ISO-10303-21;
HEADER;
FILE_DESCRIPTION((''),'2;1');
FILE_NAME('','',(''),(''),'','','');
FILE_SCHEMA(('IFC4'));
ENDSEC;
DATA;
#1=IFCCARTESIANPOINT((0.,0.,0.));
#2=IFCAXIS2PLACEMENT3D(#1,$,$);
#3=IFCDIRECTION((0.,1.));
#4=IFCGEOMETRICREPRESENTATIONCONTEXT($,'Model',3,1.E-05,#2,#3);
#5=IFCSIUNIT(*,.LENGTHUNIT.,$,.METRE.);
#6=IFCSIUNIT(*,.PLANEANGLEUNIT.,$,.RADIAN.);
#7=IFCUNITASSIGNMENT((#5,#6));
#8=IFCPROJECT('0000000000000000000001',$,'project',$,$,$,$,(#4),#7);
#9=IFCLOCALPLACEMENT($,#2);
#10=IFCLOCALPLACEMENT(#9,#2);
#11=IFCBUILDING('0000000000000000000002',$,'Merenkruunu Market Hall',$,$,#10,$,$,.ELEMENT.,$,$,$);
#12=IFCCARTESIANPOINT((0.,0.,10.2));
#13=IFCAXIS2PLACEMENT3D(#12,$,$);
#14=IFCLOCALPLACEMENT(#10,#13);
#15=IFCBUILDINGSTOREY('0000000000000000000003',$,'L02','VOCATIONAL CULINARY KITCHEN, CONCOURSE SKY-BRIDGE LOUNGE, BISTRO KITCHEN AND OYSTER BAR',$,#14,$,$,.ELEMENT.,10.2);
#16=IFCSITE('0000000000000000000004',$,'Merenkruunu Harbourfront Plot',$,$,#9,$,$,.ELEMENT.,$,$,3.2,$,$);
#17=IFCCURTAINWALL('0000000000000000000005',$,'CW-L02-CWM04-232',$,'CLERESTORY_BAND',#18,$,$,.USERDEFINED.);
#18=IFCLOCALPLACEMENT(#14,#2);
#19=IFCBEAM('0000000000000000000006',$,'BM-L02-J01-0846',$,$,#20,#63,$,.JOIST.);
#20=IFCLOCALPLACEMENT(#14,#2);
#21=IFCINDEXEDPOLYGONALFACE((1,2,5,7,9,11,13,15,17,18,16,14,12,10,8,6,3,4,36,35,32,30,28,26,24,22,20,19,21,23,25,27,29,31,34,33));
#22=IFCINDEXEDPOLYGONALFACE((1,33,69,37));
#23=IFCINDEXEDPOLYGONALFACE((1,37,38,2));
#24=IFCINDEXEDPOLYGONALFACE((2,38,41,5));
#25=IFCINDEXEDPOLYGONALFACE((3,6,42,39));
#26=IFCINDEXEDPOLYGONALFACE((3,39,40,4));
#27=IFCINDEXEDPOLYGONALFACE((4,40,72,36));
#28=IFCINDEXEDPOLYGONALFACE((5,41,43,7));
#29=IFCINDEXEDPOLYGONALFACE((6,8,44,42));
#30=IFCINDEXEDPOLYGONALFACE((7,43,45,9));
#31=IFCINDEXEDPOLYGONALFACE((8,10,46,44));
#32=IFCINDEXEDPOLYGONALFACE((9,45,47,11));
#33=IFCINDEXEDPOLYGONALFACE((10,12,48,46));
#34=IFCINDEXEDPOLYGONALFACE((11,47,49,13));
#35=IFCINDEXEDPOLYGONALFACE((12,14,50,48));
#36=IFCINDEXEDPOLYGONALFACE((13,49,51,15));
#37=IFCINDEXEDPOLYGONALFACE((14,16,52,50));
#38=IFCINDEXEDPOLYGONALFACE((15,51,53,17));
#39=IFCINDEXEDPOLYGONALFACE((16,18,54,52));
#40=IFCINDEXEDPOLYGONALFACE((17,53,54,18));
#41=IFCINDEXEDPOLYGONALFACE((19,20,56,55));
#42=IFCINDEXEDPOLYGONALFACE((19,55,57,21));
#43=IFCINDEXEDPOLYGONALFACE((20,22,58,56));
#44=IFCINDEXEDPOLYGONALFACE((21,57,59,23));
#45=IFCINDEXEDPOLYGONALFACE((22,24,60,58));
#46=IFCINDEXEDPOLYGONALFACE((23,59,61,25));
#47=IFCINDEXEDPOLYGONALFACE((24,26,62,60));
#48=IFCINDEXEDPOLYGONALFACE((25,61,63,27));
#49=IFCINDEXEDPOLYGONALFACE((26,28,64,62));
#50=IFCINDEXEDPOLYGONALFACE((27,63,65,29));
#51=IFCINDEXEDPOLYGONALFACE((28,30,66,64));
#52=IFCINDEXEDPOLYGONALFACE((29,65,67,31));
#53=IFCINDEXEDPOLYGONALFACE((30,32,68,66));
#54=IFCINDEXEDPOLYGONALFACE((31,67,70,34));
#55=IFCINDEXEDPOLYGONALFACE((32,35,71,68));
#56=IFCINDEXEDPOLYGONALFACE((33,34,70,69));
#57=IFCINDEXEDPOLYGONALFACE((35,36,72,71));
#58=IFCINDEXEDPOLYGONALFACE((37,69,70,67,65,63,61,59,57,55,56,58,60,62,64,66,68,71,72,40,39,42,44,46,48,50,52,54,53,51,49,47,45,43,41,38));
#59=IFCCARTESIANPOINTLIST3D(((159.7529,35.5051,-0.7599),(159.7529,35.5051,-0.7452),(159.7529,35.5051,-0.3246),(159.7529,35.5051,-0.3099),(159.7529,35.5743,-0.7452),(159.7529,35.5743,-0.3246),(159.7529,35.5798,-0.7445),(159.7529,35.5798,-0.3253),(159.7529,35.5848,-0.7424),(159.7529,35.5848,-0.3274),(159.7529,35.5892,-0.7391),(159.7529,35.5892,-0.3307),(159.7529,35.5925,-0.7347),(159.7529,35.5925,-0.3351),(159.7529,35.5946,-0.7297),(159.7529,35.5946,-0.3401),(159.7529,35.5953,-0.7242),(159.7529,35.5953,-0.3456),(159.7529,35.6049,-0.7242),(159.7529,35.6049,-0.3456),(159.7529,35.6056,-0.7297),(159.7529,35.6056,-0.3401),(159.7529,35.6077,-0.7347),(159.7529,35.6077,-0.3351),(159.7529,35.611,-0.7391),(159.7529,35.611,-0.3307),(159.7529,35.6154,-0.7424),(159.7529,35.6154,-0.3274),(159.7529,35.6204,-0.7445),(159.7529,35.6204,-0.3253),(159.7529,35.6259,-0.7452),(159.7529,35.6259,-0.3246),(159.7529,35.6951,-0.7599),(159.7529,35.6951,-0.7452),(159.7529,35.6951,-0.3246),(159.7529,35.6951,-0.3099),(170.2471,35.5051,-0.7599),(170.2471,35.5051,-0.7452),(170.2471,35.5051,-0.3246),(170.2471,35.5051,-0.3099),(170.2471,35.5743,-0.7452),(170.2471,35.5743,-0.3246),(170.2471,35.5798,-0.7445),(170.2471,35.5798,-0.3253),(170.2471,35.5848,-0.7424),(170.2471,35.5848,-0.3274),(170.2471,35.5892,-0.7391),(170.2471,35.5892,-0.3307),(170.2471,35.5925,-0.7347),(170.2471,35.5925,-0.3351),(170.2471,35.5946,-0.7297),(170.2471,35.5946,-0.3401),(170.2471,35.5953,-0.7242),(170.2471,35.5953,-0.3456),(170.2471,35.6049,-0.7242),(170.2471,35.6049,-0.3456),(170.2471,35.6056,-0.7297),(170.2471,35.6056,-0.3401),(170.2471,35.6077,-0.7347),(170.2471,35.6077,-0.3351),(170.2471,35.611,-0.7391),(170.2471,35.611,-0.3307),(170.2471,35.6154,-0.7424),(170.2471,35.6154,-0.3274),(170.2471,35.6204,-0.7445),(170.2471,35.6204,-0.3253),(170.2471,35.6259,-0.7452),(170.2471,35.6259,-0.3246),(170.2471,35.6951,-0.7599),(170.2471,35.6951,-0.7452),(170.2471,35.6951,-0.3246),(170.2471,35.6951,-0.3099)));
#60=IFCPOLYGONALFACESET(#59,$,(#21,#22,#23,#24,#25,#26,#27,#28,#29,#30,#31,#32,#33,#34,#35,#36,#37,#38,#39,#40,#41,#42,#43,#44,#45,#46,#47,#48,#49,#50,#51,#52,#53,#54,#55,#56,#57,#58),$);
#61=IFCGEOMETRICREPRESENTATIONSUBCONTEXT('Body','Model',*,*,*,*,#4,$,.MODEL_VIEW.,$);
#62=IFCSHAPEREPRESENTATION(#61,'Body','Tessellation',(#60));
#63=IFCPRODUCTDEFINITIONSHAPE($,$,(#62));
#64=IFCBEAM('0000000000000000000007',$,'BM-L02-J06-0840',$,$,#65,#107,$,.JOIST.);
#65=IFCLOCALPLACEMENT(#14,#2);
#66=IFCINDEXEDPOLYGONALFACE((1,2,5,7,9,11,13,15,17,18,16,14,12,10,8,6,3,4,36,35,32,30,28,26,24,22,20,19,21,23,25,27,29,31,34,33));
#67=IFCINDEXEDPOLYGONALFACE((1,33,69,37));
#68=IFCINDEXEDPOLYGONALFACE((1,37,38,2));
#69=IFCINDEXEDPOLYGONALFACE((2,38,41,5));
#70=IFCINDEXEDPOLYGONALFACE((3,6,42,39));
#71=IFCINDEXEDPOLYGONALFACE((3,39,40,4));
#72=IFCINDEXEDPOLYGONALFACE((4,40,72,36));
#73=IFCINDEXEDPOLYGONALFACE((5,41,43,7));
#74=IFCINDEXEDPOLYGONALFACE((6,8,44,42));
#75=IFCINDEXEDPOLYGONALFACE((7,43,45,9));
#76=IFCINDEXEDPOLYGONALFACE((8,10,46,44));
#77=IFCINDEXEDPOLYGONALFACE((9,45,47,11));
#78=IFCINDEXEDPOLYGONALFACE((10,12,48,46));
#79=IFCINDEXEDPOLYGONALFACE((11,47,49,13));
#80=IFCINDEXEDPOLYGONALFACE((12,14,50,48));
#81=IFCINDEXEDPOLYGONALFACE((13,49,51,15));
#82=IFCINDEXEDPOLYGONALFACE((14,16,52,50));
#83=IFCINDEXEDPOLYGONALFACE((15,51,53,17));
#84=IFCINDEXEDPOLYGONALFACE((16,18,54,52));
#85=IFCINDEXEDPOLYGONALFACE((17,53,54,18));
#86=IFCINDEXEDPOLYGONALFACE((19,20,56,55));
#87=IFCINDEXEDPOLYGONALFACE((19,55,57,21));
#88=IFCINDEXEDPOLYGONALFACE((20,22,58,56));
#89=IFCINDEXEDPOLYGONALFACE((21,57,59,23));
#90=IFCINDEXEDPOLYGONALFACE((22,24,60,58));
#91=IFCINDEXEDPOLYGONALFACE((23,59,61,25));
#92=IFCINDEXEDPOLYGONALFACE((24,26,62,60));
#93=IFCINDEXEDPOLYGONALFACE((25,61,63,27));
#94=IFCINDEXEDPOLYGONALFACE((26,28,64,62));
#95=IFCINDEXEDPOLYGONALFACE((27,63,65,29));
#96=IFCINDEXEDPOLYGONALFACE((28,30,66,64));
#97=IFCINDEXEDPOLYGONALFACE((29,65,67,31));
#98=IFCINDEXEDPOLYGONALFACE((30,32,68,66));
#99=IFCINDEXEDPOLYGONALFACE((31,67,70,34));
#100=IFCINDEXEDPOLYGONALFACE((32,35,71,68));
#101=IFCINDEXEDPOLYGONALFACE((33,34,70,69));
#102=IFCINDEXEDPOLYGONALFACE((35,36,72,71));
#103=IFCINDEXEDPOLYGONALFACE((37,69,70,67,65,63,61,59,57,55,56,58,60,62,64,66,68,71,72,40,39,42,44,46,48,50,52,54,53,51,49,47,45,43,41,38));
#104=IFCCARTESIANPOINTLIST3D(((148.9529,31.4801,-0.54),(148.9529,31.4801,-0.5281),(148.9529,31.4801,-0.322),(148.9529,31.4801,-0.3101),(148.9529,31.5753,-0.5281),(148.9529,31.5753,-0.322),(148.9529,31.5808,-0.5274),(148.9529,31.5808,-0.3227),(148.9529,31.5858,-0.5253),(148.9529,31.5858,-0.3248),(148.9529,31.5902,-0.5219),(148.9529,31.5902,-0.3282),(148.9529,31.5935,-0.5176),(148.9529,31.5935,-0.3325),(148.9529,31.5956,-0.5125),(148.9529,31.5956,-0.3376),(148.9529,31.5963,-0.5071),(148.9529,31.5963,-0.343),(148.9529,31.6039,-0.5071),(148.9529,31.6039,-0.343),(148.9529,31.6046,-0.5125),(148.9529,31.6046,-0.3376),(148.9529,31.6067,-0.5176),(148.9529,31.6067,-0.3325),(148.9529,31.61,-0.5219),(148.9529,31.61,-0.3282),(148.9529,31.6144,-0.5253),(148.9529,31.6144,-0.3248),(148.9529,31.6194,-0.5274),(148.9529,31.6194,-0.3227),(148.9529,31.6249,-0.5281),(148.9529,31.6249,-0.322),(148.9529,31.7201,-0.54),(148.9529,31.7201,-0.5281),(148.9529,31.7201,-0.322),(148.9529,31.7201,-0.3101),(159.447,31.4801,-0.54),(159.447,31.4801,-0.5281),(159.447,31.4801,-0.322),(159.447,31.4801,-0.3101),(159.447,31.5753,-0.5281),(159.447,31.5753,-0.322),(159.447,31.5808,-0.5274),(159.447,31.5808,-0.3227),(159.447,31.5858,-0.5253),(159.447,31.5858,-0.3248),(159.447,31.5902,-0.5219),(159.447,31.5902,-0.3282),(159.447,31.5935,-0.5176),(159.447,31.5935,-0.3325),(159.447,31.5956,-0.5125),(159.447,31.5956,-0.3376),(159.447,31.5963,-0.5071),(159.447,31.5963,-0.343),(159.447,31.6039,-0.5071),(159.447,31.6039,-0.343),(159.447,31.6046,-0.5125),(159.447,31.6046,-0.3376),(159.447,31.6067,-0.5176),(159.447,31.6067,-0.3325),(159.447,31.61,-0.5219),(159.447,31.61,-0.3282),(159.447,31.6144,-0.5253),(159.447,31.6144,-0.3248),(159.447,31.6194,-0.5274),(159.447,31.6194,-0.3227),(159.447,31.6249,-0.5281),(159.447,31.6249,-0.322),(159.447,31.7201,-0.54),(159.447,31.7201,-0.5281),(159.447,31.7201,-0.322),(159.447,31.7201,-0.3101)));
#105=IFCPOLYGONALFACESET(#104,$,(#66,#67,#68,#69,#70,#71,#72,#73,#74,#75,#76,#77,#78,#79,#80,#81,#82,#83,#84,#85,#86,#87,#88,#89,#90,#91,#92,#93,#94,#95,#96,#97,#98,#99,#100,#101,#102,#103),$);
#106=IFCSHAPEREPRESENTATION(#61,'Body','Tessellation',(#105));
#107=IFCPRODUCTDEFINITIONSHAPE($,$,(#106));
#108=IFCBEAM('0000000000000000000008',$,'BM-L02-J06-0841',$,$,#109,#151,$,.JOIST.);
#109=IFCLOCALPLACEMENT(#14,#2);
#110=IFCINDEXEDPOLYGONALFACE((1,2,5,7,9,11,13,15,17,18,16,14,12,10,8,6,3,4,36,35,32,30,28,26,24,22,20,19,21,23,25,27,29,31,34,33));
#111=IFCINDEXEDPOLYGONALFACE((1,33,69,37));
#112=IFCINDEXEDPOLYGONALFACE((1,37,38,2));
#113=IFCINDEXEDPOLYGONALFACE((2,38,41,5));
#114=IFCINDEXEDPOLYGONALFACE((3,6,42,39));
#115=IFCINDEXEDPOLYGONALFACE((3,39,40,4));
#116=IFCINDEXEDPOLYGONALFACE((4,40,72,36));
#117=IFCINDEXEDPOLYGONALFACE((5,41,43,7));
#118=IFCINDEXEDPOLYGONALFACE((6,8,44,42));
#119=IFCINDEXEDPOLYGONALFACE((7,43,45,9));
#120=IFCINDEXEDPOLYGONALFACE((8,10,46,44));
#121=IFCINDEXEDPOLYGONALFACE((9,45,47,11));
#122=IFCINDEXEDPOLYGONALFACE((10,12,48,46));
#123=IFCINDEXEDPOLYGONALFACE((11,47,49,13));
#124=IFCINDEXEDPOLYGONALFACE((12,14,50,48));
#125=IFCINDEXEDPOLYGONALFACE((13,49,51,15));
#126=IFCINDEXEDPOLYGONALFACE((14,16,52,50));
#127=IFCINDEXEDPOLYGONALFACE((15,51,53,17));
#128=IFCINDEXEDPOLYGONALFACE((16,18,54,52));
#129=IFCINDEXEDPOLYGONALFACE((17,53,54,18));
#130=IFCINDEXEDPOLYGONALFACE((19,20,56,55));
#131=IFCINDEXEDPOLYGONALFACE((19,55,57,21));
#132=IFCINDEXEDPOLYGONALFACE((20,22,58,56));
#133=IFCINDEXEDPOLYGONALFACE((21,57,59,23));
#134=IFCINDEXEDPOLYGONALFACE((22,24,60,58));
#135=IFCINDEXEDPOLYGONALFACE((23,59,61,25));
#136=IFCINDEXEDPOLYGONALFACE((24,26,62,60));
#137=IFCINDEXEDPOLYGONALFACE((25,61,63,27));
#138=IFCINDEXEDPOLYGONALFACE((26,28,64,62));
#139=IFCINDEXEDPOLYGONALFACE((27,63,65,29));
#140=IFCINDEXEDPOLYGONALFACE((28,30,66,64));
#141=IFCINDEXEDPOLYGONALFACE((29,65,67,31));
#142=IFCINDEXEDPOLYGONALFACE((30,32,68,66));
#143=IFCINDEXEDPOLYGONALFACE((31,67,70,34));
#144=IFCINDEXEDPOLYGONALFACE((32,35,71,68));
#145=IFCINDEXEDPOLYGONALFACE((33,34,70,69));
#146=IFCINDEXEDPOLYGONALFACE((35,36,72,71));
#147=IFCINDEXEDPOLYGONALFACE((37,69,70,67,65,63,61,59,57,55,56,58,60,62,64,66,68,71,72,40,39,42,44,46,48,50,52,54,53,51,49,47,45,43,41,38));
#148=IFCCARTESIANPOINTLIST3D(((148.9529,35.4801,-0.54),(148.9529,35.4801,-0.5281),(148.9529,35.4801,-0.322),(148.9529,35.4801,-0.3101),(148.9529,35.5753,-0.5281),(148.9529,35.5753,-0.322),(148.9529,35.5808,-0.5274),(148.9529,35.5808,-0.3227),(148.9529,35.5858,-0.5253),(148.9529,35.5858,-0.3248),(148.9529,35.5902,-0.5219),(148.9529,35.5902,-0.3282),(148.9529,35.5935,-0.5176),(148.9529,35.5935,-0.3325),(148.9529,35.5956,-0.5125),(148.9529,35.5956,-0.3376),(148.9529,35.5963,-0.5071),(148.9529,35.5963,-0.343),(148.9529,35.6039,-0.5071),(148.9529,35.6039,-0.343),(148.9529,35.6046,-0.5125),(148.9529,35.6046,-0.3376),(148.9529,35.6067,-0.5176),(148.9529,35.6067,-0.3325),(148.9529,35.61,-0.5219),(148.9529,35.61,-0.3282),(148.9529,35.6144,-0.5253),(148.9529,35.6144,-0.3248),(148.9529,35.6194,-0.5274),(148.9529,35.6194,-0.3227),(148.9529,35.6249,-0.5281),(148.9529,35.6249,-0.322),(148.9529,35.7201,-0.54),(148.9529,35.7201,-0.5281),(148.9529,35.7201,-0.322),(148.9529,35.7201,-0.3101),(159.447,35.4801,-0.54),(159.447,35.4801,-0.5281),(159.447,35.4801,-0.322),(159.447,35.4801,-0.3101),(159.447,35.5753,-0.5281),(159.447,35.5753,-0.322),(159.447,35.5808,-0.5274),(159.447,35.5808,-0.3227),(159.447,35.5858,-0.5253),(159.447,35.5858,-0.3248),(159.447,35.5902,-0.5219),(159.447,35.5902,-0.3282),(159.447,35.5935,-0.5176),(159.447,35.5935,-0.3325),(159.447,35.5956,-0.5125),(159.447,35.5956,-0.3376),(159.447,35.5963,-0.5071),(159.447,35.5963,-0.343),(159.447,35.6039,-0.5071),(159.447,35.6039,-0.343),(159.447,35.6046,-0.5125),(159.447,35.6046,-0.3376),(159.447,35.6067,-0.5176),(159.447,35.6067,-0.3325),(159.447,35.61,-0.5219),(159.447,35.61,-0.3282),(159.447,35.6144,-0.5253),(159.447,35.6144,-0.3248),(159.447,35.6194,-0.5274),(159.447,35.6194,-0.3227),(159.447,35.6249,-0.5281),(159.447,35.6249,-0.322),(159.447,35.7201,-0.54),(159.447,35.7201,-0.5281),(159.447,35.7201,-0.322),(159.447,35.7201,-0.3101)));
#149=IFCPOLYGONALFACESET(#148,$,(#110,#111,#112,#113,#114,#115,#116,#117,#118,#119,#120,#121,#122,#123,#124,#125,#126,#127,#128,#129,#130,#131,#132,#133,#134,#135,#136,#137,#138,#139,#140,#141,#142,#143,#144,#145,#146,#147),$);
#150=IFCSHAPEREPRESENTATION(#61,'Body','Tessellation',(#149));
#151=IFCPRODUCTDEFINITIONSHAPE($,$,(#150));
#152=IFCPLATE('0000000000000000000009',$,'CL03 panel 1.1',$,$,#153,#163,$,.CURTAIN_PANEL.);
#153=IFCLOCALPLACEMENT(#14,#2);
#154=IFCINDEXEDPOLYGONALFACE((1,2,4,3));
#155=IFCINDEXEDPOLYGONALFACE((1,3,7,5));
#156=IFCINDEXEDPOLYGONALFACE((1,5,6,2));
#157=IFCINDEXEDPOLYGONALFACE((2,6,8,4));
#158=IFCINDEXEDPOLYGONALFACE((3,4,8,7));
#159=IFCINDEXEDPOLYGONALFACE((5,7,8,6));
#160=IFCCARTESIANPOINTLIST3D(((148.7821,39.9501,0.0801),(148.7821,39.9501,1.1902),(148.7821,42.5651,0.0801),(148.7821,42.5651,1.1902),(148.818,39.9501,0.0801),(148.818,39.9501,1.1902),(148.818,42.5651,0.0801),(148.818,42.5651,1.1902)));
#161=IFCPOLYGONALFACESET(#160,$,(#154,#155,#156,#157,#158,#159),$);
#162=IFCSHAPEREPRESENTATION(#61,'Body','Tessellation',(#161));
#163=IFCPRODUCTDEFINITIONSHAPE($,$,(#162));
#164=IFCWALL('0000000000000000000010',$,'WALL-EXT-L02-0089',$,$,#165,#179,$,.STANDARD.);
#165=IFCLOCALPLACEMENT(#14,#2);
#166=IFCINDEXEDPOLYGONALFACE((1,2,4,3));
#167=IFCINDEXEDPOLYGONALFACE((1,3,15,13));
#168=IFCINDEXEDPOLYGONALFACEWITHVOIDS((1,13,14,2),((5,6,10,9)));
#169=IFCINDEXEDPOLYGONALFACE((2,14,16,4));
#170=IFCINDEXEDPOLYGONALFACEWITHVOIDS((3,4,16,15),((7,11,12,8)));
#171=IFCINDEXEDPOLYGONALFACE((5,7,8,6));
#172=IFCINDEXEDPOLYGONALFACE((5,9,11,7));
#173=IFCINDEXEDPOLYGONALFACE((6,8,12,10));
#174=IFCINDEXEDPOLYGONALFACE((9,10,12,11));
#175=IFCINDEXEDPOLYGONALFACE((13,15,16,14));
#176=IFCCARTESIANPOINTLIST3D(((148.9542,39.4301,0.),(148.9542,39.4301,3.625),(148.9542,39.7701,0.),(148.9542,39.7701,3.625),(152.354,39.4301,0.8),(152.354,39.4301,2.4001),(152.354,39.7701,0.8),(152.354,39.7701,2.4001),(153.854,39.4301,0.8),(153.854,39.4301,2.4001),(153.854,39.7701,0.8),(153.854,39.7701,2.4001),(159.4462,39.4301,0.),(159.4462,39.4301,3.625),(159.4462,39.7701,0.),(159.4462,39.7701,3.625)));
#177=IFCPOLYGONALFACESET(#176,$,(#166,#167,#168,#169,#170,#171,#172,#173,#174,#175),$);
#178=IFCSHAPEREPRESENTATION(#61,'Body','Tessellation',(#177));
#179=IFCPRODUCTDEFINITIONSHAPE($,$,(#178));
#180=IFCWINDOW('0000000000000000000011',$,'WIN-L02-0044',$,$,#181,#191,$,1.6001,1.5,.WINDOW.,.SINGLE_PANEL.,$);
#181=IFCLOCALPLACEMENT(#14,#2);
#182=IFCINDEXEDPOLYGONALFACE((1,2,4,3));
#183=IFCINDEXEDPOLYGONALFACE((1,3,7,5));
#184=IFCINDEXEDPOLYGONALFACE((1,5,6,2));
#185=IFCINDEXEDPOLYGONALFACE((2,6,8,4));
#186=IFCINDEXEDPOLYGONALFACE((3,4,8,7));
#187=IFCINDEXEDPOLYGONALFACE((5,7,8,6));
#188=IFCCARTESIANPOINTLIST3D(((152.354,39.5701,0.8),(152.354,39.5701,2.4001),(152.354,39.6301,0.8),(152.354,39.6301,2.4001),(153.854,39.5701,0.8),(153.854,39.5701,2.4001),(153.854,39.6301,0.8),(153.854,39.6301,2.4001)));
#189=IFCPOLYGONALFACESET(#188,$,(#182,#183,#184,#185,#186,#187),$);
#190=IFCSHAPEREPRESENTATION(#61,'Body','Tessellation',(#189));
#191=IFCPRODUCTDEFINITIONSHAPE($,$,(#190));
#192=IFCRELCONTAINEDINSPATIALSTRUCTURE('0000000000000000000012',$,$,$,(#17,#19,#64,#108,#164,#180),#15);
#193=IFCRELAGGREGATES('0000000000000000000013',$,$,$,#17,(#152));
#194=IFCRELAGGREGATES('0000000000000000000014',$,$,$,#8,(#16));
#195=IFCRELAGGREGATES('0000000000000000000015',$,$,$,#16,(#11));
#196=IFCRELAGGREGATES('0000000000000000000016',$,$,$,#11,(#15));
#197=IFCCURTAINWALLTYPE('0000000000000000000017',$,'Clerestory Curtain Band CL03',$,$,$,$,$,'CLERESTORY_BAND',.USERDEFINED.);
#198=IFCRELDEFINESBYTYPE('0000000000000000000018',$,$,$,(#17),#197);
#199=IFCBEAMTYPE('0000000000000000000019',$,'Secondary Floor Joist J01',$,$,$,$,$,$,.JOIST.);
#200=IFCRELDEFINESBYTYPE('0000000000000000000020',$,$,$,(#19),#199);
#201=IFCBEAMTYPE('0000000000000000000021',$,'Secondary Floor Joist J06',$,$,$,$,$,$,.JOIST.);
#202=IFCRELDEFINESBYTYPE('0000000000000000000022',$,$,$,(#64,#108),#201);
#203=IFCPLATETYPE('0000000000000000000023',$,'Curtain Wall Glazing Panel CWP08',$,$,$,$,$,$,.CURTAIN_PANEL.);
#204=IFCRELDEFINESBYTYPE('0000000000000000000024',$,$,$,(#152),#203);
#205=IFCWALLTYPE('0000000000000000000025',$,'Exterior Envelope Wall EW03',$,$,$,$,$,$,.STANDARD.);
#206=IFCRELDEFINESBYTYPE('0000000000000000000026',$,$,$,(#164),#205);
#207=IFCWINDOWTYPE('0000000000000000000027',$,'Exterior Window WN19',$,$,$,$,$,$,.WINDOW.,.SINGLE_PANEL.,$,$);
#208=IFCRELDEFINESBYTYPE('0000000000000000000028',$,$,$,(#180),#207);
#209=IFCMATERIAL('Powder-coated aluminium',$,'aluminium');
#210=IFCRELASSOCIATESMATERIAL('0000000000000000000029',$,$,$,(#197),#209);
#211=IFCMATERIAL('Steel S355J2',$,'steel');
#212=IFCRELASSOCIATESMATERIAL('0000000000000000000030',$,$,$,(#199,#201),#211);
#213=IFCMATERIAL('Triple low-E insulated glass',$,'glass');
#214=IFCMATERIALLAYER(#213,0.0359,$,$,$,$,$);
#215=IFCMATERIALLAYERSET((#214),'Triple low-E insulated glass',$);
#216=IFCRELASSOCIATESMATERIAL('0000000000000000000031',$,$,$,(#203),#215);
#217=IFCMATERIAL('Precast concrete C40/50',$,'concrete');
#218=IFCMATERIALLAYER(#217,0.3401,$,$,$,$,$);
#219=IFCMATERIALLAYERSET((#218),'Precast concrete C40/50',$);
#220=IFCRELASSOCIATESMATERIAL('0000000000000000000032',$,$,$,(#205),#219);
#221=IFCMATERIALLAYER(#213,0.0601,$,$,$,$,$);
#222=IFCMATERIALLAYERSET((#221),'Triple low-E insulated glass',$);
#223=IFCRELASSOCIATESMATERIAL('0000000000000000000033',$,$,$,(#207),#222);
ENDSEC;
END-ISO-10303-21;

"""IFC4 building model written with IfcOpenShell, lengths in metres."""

from ifc_helpers import new_model, si_unit, direction, frame, frame_2d, origin, origin_2d, place, context, subcontext, project, spatial, rectangle, i_section, extrude, material, layer, layer_set, material_profile, profile_set, type_object, element, fill, aggregate, save


model = new_model("IFC4")

# Units and contexts
model_context = context("Model", 3, precision=1e-05, world=origin(), true_north=direction((0.0, 1.0)))
body_context = subcontext(model_context, "Body", "Model", "MODEL_VIEW")
ifc_project = project(units=[si_unit("LENGTHUNIT", "METRE"), si_unit("PLANEANGLEUNIT", "RADIAN")], contexts=[model_context])

# Site, building, storey
site_placement = place(None, origin())
site = spatial("IfcSite", under=ifc_project, at=site_placement, Name="Merenkruunu Harbourfront Plot", CompositionType="ELEMENT", RefElevation=3.2)
building_placement = place(site_placement, origin())
building = spatial("IfcBuilding", under=site, at=building_placement, Name="Merenkruunu Market Hall", CompositionType="ELEMENT")
storey_placement = place(building_placement, frame((0.0, 0.0, 10.2)))
storey = spatial("IfcBuildingStorey", under=building, at=storey_placement, Name="L02", Description="VOCATIONAL CULINARY KITCHEN, CONCOURSE SKY-BRIDGE LOUNGE, BISTRO KITCHEN AND OYSTER BAR", CompositionType="ELEMENT", Elevation=10.2)

# Shared definitions
ifc_material_1 = material(Name="Steel S355J2", Category="steel")

# Curtain wall
ifc_material_2 = material(Name="Powder-coated aluminium", Category="aluminium")
curtain_wall_type = type_object("IfcCurtainWallType", Name="Clerestory Curtain Band CL03", ElementType="CLERESTORY_BAND", PredefinedType="USERDEFINED", material=ifc_material_2)
curtain_wall_placement = place(storey_placement, origin())
curtain_wall = element("IfcCurtainWall", 1, at=curtain_wall_placement, inside=storey, type_object=curtain_wall_type, Name="CW-L02-CWM04-232", ObjectType="CLERESTORY_BAND", PredefinedType="USERDEFINED")

# Beams
ifc_material_profile_1 = material_profile(ifc_material_1, i_section(OverallWidth=0.1899, OverallDepth=0.45, WebThickness=0.0095, FlangeThickness=0.0146, FilletRadius=0.021, at=origin_2d()), Name="IPE 450")
ifc_profile_set_1 = profile_set([ifc_material_profile_1], Name="Steel S355J2")
beam_type_1 = type_object("IfcBeamType", Name="Secondary Floor Joist J01", PredefinedType="JOIST", material=ifc_profile_set_1)
for number, where, z_axis, x_axis, name in (
    (2, (159.7529, 35.6001, -0.5349), (1.0, 0.0, 0.0), (0.0, 1.0, 0.0), "BM-L02-J01-0846"),
):
    element("IfcBeam", number, at=place(storey_placement, frame(where, z_axis=z_axis, x_axis=x_axis)), inside=storey, type_object=beam_type_1, Name=name, PredefinedType="JOIST", context=body_context, shape_type="SweptSolid", body=[
        extrude(i_section(OverallWidth=0.1899, OverallDepth=0.45, WebThickness=0.0095, FlangeThickness=0.0146, FilletRadius=0.021, at=origin_2d()), origin(), (0.0, 0.0, 1.0), 10.4941),
    ])
ifc_material_profile_2 = material_profile(ifc_material_1, i_section(OverallWidth=0.24, OverallDepth=0.23, WebThickness=0.0076, FlangeThickness=0.012, FilletRadius=0.021, at=origin_2d()), Name="HEA 240")
ifc_profile_set_2 = profile_set([ifc_material_profile_2], Name="Steel S355J2")
beam_type_2 = type_object("IfcBeamType", Name="Secondary Floor Joist J06", PredefinedType="JOIST", material=ifc_profile_set_2)
for number, where, z_axis, x_axis, name in (
    (3, (148.9529, 31.6001, -0.425), (1.0, 0.0, 0.0), (0.0, 1.0, 0.0), "BM-L02-J06-0840"),
    (4, (148.9529, 35.6001, -0.425), (1.0, 0.0, 0.0), (0.0, 1.0, 0.0), "BM-L02-J06-0841"),
):
    element("IfcBeam", number, at=place(storey_placement, frame(where, z_axis=z_axis, x_axis=x_axis)), inside=storey, type_object=beam_type_2, Name=name, PredefinedType="JOIST", context=body_context, shape_type="SweptSolid", body=[
        extrude(i_section(OverallWidth=0.24, OverallDepth=0.23, WebThickness=0.0076, FlangeThickness=0.012, FilletRadius=0.021, at=origin_2d()), origin(), (0.0, 0.0, 1.0), 10.4941),
    ])

# Plate
ifc_material_3 = material(Name="Triple low-E insulated glass", Category="glass")
ifc_layer_1 = layer(ifc_material_3, 0.0359)
ifc_layer_set_1 = layer_set([ifc_layer_1], Name="Triple low-E insulated glass")
plate_type = type_object("IfcPlateType", Name="Curtain Wall Glazing Panel CWP08", PredefinedType="CURTAIN_PANEL", material=ifc_layer_set_1)
plate_placement = place(storey_placement, frame((148.8, 41.2576, 0.0801), z_axis=(0.0, 0.0, 1.0), x_axis=(0.0, 1.0, 0.0)))
plate = element("IfcPlate", 5, at=plate_placement, type_object=plate_type, Name="CL03 panel 1.1", PredefinedType="CURTAIN_PANEL", context=body_context, shape_type="SweptSolid", body=[
    extrude(rectangle(XDim=2.615, YDim=0.0359, at=origin_2d()), origin(), (0.0, 0.0, 1.0), 1.1101),
])
aggregate(curtain_wall, [plate])

# Wall, opening, window
ifc_material_4 = material(Name="Precast concrete C40/50", Category="concrete")
ifc_layer_2 = layer(ifc_material_4, 0.3401)
ifc_layer_set_2 = layer_set([ifc_layer_2], Name="Precast concrete C40/50")
wall_type = type_object("IfcWallType", Name="Exterior Envelope Wall EW03", PredefinedType="STANDARD", material=ifc_layer_set_2)
wall_1_placement = place(storey_placement, frame((148.9541, 39.6001, 0.0), z_axis=(0.0, 0.0, 1.0), x_axis=(1.0, 0.0, 0.0)))
wall_1 = element("IfcWall", 6, at=wall_1_placement, inside=storey, type_object=wall_type, Name="WALL-EXT-L02-0089", PredefinedType="STANDARD", context=body_context, shape_type="SweptSolid", body=[
    extrude(rectangle(XDim=10.4919, YDim=0.3401, at=frame_2d((5.2461, 0.0))), origin(), (0.0, 0.0, 1.0), 3.625),
])
opening_1_placement = place(wall_1_placement, frame((3.3999, 0.0, 0.8)))
opening_1 = element("IfcOpeningElement", 7, at=opening_1_placement, cuts=wall_1, PredefinedType="OPENING", context=body_context, shape_type="SweptSolid", body=[
    extrude(rectangle(XDim=1.5, YDim=1.6001, at=frame_2d((0.75, 0.8))), frame((0.0, 0.1802, 0.0), z_axis=(0.0, -1.0, 0.0), x_axis=(1.0, 0.0, 0.0)), (0.0, 0.0, 1.0), 0.3601),
])
ifc_layer_3 = layer(ifc_material_3, 0.0601)
ifc_layer_set_3 = layer_set([ifc_layer_3], Name="Triple low-E insulated glass")
window_type_1 = type_object("IfcWindowType", Name="Exterior Window WN19", PartitioningType="SINGLE_PANEL", PredefinedType="WINDOW", material=ifc_layer_set_3)
window_1_placement = place(opening_1_placement, origin())
window_1 = element("IfcWindow", 8, at=window_1_placement, inside=storey, type_object=window_type_1, Name="WIN-L02-0044", OverallHeight=1.6001, OverallWidth=1.5, PartitioningType="SINGLE_PANEL", PredefinedType="WINDOW", context=body_context, shape_type="SweptSolid", body=[
    extrude(rectangle(XDim=1.5, YDim=1.6001, at=frame_2d((0.75, 0.8))), frame((0.0, 0.03, 0.0), z_axis=(0.0, -1.0, 0.0), x_axis=(1.0, 0.0, 0.0)), (0.0, 0.0, 1.0), 0.0601),
])
fill(opening_1, window_1)

save(model, "model.ifc")
